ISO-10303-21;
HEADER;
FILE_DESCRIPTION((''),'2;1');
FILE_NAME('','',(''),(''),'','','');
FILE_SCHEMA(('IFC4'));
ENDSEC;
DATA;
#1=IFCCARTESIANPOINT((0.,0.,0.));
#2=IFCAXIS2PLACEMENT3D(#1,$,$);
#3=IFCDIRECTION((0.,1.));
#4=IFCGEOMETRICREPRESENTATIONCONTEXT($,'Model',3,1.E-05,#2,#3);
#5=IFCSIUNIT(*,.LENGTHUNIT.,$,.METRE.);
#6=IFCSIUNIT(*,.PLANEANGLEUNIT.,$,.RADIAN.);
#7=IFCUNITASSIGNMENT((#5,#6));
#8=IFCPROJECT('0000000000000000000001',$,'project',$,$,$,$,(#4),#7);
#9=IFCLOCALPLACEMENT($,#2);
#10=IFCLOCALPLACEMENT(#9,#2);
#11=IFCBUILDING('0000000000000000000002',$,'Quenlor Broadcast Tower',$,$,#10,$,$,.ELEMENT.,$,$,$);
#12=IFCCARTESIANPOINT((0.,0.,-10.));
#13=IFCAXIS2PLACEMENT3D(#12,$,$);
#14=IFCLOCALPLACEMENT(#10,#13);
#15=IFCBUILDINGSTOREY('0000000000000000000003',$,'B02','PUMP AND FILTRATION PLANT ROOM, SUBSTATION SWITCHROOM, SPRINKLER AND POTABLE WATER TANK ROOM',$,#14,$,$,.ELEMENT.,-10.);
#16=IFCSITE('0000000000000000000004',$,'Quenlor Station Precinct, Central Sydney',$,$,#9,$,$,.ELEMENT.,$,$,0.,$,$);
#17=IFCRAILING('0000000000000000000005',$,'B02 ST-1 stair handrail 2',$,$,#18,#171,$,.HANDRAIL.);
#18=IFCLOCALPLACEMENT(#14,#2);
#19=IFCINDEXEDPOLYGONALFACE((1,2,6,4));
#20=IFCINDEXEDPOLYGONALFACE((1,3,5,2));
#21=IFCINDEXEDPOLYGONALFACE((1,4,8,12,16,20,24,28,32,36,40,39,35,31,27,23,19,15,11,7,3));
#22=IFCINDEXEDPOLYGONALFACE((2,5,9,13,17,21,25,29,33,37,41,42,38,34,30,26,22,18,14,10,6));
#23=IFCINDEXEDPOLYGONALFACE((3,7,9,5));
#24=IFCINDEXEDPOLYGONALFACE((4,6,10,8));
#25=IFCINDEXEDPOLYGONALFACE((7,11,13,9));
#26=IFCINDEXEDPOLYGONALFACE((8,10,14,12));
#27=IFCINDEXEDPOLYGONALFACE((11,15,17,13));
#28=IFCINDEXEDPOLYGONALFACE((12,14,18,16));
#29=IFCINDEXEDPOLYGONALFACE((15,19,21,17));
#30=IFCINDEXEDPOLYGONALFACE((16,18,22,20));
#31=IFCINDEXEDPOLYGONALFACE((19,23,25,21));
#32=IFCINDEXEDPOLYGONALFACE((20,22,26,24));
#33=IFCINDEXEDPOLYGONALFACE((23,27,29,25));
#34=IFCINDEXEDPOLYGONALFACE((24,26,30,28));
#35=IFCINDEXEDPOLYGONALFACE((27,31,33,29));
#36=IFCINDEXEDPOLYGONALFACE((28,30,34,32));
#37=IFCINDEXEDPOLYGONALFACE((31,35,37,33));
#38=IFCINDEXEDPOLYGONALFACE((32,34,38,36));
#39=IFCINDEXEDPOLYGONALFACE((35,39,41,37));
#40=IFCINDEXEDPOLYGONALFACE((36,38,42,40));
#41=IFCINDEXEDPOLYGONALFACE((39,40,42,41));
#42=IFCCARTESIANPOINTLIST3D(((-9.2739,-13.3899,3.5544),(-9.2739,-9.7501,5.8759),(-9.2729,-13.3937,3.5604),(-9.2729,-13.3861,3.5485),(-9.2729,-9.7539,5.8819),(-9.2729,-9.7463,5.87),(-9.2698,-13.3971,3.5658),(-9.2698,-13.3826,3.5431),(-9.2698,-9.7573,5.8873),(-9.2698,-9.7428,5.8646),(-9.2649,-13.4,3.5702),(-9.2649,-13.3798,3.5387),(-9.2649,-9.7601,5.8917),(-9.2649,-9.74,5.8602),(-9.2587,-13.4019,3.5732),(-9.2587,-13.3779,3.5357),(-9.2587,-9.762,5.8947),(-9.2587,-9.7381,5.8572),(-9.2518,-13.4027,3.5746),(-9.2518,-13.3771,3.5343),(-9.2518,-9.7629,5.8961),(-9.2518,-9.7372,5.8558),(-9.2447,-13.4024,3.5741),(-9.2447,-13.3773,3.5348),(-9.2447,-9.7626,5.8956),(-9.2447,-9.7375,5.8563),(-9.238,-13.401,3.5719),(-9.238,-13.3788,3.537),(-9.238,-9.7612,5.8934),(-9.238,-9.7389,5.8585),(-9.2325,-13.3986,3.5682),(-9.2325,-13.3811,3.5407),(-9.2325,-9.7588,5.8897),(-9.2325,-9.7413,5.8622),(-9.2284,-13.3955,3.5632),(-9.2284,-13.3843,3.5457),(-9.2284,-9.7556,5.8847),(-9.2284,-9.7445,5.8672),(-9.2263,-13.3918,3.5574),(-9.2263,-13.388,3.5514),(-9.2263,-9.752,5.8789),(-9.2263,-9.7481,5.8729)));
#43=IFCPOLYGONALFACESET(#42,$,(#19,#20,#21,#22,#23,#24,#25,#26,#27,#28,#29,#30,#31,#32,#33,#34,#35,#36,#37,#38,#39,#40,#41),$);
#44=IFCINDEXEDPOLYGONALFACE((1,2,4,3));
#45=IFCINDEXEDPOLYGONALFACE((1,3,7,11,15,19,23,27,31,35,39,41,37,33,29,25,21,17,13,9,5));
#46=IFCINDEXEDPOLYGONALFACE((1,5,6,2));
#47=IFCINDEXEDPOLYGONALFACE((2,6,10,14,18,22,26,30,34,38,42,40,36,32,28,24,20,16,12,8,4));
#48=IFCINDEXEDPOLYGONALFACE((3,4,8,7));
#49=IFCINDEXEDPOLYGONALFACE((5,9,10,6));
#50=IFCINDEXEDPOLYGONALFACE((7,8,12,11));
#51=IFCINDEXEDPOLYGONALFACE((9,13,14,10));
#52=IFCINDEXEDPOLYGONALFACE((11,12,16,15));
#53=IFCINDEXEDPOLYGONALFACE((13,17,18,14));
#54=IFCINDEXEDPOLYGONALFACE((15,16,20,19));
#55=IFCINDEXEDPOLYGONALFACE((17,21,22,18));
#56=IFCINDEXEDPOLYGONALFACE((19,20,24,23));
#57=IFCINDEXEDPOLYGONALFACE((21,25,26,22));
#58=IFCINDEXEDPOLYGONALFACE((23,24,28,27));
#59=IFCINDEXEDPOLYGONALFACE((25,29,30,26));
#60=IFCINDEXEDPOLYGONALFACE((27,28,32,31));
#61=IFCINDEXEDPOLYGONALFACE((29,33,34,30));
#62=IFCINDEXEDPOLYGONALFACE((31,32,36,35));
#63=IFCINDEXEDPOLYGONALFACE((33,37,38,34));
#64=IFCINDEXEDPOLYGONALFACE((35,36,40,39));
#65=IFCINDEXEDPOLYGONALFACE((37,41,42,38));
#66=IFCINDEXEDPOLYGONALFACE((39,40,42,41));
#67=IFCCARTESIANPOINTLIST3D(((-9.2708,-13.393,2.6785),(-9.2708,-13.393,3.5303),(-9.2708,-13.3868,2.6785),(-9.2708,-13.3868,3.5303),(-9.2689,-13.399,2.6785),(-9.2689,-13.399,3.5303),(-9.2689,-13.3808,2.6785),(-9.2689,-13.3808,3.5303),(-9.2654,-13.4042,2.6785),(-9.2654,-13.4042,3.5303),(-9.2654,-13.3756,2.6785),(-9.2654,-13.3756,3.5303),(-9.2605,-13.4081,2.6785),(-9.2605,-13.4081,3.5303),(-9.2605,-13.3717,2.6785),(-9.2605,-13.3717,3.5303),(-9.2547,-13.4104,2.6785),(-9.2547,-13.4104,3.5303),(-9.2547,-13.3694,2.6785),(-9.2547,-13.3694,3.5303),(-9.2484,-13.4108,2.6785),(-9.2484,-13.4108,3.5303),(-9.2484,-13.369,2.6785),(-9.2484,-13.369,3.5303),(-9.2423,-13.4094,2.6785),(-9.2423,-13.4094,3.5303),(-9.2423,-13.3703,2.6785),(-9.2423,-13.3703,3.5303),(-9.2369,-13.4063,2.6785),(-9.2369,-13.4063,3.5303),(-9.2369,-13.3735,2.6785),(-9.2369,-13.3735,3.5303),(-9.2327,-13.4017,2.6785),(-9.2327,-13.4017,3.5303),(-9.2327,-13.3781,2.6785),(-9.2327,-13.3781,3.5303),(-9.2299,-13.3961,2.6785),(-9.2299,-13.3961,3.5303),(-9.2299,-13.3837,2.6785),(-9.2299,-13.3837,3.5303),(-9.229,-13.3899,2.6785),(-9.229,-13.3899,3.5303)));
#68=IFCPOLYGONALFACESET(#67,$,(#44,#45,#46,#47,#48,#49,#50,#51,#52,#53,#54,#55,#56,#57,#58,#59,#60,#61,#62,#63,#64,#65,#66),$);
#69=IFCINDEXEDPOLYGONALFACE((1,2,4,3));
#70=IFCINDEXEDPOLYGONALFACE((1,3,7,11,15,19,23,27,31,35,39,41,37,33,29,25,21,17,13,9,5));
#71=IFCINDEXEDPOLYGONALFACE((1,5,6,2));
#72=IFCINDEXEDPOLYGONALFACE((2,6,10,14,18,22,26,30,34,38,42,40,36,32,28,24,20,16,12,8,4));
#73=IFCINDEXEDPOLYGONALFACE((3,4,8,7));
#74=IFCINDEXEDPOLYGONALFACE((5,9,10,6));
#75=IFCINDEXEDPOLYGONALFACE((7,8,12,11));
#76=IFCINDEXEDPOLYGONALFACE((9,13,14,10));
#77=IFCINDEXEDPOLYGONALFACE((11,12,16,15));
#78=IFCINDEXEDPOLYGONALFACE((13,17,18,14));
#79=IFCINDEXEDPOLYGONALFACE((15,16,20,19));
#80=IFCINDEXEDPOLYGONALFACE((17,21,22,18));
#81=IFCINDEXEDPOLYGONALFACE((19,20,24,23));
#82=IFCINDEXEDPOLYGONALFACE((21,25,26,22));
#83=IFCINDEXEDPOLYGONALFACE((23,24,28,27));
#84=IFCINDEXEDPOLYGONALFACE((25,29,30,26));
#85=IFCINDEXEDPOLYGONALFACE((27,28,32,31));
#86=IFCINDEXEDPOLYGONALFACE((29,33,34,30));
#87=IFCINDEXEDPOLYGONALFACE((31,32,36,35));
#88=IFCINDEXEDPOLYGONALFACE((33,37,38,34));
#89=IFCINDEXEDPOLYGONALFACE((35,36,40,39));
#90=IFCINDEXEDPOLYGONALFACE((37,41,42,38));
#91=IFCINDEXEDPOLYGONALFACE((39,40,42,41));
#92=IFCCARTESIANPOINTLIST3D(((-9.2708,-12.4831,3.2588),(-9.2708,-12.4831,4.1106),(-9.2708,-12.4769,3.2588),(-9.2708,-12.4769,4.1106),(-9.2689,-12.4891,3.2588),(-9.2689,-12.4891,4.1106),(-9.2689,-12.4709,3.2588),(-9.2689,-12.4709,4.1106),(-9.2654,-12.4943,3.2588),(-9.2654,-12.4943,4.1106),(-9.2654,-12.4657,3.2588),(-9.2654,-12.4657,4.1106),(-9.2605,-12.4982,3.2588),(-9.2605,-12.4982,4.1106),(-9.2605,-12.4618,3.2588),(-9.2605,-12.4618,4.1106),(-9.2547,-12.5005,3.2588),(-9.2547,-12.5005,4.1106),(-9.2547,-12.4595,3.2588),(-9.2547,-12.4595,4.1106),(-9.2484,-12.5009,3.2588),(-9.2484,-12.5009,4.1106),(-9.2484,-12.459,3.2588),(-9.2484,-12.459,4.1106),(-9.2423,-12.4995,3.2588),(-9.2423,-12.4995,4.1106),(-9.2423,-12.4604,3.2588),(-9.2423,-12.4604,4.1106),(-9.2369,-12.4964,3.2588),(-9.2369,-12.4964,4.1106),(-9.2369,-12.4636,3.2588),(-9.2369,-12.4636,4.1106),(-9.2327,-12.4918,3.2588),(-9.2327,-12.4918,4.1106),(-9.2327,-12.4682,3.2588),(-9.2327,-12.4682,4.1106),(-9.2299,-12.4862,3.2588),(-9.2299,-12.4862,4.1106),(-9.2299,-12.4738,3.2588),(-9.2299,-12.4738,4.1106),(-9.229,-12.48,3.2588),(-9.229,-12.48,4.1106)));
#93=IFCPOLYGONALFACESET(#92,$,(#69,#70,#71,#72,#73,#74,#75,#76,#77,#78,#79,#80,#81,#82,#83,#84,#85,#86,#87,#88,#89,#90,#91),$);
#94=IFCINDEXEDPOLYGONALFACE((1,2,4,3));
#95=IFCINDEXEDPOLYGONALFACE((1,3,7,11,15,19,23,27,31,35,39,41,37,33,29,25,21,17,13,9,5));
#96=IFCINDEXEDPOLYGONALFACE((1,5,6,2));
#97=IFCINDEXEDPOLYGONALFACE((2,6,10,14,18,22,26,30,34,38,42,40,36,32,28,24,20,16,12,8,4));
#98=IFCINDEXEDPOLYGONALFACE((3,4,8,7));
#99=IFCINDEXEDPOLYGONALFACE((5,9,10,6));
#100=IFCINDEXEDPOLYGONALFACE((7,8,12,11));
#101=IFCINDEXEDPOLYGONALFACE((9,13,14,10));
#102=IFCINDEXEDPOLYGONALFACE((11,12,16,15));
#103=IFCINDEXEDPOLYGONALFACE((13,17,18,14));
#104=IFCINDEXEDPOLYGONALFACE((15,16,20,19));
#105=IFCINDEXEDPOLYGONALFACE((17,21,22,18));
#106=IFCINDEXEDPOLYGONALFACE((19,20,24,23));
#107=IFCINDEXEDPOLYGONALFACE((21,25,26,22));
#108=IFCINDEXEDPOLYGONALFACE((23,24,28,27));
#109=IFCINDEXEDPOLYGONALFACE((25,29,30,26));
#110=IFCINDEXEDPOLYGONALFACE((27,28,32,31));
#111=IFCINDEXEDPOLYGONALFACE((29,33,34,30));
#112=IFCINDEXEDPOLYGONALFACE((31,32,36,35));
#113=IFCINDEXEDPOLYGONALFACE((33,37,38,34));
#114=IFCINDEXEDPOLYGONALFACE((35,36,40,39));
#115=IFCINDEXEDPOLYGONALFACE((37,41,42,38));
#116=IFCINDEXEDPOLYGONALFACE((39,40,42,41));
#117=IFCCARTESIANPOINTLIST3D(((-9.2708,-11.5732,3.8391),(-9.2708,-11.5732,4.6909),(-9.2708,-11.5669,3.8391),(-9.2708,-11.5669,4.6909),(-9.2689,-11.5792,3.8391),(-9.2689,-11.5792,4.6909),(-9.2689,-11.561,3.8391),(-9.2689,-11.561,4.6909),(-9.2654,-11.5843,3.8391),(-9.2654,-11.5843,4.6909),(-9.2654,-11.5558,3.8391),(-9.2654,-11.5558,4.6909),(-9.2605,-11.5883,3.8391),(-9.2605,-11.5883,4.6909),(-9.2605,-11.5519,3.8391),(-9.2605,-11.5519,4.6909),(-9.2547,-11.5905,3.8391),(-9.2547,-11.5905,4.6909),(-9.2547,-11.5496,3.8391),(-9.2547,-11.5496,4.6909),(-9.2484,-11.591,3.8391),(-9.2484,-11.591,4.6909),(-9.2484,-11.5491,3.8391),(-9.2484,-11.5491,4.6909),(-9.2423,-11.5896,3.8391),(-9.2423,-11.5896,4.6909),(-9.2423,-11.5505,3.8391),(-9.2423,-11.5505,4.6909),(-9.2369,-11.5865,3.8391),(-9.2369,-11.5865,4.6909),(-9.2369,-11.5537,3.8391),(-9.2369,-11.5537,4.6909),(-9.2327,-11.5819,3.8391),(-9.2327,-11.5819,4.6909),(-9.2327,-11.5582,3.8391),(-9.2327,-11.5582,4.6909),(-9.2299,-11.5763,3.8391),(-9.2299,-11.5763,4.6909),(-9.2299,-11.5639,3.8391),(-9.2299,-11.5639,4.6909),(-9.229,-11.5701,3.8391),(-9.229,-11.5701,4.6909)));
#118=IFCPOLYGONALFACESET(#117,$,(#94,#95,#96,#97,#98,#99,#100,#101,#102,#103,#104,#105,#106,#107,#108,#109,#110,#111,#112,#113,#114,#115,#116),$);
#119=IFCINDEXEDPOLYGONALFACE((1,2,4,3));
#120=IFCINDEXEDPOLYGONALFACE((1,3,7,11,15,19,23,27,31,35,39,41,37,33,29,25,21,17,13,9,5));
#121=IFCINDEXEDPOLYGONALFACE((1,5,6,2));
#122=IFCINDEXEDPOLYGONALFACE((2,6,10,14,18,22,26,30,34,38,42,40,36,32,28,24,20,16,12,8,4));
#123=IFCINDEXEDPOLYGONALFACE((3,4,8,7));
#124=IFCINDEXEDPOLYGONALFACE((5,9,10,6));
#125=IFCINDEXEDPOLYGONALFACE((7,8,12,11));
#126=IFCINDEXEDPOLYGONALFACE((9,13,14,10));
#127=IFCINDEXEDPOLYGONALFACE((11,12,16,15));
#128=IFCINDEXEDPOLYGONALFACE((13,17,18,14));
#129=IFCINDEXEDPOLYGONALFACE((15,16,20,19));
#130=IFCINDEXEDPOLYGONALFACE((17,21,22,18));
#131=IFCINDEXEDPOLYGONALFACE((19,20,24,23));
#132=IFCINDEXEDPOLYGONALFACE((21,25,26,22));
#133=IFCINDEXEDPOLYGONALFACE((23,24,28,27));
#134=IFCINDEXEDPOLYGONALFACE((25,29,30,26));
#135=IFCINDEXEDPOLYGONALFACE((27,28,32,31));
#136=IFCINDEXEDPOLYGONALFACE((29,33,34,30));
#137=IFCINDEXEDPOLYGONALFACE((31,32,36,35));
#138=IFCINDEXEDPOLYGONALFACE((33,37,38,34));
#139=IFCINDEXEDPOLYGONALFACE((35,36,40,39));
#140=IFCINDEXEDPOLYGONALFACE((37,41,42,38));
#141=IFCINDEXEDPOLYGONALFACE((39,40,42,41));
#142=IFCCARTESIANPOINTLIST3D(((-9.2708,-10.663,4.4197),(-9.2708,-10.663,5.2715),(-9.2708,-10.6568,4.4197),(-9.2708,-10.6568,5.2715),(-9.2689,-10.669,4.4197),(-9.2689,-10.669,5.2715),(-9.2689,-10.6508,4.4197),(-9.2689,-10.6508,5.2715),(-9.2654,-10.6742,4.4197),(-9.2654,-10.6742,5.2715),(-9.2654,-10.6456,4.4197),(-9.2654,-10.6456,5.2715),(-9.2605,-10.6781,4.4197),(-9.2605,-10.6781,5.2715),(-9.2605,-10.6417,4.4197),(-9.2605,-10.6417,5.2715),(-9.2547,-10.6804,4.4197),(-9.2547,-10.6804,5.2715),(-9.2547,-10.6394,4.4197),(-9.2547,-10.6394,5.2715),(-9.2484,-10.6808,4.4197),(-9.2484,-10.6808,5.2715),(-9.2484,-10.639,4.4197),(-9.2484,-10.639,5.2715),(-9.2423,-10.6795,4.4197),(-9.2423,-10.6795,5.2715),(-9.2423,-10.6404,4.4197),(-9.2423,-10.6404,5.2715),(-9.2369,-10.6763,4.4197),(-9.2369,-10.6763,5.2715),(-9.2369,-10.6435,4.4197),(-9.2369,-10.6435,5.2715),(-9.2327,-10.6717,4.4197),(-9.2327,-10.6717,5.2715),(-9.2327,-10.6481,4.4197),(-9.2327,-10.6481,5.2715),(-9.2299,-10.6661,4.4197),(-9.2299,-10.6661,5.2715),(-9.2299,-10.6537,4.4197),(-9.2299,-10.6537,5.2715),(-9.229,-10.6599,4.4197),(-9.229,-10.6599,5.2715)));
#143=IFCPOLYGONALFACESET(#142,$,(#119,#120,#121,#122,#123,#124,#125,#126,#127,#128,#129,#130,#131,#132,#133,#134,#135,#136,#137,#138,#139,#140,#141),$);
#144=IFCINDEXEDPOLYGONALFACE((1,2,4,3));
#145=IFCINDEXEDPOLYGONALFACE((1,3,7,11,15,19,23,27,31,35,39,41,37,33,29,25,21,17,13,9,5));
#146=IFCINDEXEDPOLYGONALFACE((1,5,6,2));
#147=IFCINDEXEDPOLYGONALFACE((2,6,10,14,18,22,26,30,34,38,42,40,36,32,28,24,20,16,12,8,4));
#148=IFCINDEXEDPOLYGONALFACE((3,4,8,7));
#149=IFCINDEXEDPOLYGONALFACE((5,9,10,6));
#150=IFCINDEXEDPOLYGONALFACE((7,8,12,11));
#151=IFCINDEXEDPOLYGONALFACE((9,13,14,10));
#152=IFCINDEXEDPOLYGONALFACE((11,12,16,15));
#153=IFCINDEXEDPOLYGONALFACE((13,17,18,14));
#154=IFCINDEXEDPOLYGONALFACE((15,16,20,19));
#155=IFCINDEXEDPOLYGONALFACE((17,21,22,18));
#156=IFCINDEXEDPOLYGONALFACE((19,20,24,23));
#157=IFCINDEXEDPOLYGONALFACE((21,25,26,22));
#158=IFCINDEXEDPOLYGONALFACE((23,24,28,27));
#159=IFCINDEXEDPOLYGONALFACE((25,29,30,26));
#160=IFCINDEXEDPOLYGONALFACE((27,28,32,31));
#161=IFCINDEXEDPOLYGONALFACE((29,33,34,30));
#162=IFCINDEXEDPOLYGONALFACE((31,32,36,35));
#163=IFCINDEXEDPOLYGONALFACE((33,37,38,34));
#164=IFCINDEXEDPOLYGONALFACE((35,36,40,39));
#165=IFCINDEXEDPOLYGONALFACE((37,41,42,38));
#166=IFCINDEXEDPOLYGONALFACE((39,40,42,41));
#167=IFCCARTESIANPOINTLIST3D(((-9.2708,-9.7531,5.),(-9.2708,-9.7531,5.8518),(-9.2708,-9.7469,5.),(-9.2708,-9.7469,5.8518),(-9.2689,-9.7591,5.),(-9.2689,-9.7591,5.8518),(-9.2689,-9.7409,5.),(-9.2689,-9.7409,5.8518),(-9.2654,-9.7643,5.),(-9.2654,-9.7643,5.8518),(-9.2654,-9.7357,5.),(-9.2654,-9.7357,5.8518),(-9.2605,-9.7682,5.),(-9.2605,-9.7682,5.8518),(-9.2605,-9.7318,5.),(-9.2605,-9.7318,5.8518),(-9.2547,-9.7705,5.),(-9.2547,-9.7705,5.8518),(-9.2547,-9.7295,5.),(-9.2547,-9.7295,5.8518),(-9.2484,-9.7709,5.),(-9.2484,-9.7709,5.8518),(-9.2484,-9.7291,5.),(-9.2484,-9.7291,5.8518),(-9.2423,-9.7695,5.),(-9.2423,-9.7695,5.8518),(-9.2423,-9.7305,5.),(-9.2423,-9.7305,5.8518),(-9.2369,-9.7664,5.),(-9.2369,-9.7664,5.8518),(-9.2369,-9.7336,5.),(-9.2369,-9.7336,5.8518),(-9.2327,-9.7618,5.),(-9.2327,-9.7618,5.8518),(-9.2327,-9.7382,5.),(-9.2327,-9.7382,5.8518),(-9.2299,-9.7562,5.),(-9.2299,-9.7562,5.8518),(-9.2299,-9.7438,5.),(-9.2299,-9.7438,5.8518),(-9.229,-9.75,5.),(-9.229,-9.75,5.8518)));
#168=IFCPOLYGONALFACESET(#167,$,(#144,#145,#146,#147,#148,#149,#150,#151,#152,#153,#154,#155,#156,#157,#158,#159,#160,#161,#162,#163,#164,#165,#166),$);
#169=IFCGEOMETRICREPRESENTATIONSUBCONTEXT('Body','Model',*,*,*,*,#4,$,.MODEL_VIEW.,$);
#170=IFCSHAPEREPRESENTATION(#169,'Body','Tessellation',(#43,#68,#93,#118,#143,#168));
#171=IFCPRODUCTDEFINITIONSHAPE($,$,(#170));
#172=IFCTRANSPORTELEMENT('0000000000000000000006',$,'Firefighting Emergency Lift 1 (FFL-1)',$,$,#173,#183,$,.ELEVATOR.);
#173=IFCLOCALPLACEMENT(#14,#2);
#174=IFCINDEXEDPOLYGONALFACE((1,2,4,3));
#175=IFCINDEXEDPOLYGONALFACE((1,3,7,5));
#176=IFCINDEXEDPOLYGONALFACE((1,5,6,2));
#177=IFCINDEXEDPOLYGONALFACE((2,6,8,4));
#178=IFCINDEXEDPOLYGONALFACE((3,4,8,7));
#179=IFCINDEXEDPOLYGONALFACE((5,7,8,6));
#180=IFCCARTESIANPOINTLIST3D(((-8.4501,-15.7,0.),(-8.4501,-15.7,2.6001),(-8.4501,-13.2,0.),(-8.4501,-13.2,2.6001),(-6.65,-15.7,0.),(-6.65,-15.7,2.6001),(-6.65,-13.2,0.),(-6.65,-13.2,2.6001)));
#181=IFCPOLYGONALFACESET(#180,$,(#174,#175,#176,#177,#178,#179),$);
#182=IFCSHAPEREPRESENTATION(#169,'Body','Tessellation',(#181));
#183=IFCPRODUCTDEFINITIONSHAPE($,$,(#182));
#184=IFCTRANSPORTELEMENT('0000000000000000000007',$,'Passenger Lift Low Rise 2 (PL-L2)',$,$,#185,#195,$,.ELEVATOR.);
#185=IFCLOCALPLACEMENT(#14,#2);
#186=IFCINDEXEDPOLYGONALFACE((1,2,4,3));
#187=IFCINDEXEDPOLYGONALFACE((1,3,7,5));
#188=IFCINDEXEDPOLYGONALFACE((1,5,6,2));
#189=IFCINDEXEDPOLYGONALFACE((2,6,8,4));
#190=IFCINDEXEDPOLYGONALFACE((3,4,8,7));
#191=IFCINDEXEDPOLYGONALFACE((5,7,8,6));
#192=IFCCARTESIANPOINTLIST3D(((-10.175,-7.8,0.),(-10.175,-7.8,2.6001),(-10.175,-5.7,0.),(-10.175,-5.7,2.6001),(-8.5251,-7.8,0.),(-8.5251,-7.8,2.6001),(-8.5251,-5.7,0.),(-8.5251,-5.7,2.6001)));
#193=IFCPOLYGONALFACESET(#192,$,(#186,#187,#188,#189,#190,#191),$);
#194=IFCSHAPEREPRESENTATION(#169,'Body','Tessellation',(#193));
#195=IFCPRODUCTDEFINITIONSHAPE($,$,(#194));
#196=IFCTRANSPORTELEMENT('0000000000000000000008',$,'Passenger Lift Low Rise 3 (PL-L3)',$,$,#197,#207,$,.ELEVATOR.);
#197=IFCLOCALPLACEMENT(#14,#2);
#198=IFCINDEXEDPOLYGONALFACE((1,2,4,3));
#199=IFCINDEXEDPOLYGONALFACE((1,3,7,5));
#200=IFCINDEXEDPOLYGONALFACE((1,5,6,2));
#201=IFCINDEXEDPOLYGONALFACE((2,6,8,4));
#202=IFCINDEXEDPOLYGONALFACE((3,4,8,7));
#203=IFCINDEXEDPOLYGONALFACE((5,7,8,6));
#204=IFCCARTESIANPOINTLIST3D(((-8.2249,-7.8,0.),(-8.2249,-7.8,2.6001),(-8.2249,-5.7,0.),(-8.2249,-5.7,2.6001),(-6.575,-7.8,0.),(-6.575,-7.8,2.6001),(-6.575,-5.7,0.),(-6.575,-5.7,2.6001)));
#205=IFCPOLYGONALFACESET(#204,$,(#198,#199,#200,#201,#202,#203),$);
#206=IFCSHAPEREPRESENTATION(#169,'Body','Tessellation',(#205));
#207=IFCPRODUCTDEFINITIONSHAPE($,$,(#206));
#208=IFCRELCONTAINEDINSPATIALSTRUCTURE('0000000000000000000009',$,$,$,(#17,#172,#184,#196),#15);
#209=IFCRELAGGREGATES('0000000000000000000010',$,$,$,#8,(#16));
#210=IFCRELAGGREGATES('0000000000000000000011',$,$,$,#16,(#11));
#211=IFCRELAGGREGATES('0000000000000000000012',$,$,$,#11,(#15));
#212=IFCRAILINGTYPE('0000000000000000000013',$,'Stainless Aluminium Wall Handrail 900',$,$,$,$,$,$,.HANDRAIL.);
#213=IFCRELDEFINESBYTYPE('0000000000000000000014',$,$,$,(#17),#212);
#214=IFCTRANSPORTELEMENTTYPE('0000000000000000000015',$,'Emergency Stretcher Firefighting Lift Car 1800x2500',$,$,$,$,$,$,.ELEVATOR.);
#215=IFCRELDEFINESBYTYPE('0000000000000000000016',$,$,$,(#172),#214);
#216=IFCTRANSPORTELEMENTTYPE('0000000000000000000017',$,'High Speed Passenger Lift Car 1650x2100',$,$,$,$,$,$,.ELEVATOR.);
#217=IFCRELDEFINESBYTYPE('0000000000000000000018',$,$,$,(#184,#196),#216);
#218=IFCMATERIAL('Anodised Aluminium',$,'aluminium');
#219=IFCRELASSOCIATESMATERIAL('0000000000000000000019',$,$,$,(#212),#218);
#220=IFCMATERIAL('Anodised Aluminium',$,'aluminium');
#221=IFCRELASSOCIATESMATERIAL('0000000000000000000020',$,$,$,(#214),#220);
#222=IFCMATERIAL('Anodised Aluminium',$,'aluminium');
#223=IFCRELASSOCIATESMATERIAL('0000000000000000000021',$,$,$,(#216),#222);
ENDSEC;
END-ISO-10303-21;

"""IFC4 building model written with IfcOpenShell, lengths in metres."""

from ifc_helpers import new_model, si_unit, direction, frame, origin, origin_2d, place, context, subcontext, project, spatial, rectangle, circle, extrude, material, type_object, element, save


model = new_model("IFC4")

# Units and contexts
model_context = context("Model", 3, precision=1e-05, world=origin(), true_north=direction((0.0, 1.0)))
body_context = subcontext(model_context, "Body", "Model", "MODEL_VIEW")
ifc_project = project(units=[si_unit("LENGTHUNIT", "METRE"), si_unit("PLANEANGLEUNIT", "RADIAN")], contexts=[model_context])

# Site, building, storey
site_placement = place(None, origin())
site = spatial("IfcSite", under=ifc_project, at=site_placement, Name="Quenlor Station Precinct, Central Sydney", CompositionType="ELEMENT", RefElevation=0.0)
building_placement = place(site_placement, origin())
building = spatial("IfcBuilding", under=site, at=building_placement, Name="Quenlor Broadcast Tower", CompositionType="ELEMENT")
storey_placement = place(building_placement, frame((0.0, 0.0, -10.0)))
storey = spatial("IfcBuildingStorey", under=building, at=storey_placement, Name="B02", Description="PUMP AND FILTRATION PLANT ROOM, SUBSTATION SWITCHROOM, SPRINKLER AND POTABLE WATER TANK ROOM", CompositionType="ELEMENT", Elevation=-10.0)

# Railing
ifc_material_1 = material(Name="Anodised Aluminium", Category="aluminium")
railing_type = type_object("IfcRailingType", Name="Stainless Aluminium Wall Handrail 900", PredefinedType="HANDRAIL", material=ifc_material_1)
railing_placement = place(storey_placement, frame((-9.25, -13.3899, 2.6785)))
element("IfcRailing", 1, at=railing_placement, inside=storey, type_object=railing_type, Name="B02 ST-1 stair handrail 2", PredefinedType="HANDRAIL", context=body_context, shape_type="SweptSolid", body=[
    extrude(circle(Radius=0.0239, at=origin_2d()), frame((0.0, 0.0, 0.876), z_axis=(0.0, 0.843112, 0.537739), x_axis=(-1.0, 0.0, 0.0)), (0.0, 0.0, 1.0), 4.3171),
    extrude(circle(Radius=0.021, at=origin_2d()), origin(), (0.0, 0.0, 1.0), 0.8518),
    extrude(circle(Radius=0.021, at=origin_2d()), frame((0.0, 0.9099, 0.5803)), (0.0, 0.0, 1.0), 0.8518),
    extrude(circle(Radius=0.021, at=origin_2d()), frame((0.0, 1.8198, 1.1606)), (0.0, 0.0, 1.0), 0.8518),
    extrude(circle(Radius=0.021, at=origin_2d()), frame((0.0, 2.73, 1.7412)), (0.0, 0.0, 1.0), 0.8518),
    extrude(circle(Radius=0.021, at=origin_2d()), frame((0.0, 3.6399, 2.3215)), (0.0, 0.0, 1.0), 0.8518),
])

# Transport elements
ifc_material_2 = material(Name="Anodised Aluminium", Category="aluminium")
transport_element_type_1 = type_object("IfcTransportElementType", Name="Emergency Stretcher Firefighting Lift Car 1800x2500", PredefinedType="ELEVATOR", material=ifc_material_2)
transport_element_placement = place(storey_placement, frame((-7.55, -14.45, 0.0), z_axis=(0.0, 0.0, 1.0), x_axis=(1.0, 0.0, 0.0)))
element("IfcTransportElement", 2, at=transport_element_placement, inside=storey, type_object=transport_element_type_1, Name="Firefighting Emergency Lift 1 (FFL-1)", PredefinedType="ELEVATOR", context=body_context, shape_type="SweptSolid", body=[
    extrude(rectangle(XDim=1.8, YDim=2.5, at=origin_2d()), origin(), (0.0, 0.0, 1.0), 2.6001),
])
ifc_material_3 = material(Name="Anodised Aluminium", Category="aluminium")
transport_element_type_2 = type_object("IfcTransportElementType", Name="High Speed Passenger Lift Car 1650x2100", PredefinedType="ELEVATOR", material=ifc_material_3)
for number, where, z_axis, x_axis, name in (
    (3, (-9.3501, -6.75, 0.0), (0.0, 0.0, 1.0), (1.0, 0.0, 0.0), "Passenger Lift Low Rise 2 (PL-L2)"),
    (4, (-7.3999, -6.75, 0.0), (0.0, 0.0, 1.0), (1.0, 0.0, 0.0), "Passenger Lift Low Rise 3 (PL-L3)"),
):
    element("IfcTransportElement", number, at=place(storey_placement, frame(where, z_axis=z_axis, x_axis=x_axis)), inside=storey, type_object=transport_element_type_2, Name=name, PredefinedType="ELEVATOR", context=body_context, shape_type="SweptSolid", body=[
        extrude(rectangle(XDim=1.6499, YDim=2.1001, at=origin_2d()), origin(), (0.0, 0.0, 1.0), 2.6001),
    ])

save(model, "model.ifc")
